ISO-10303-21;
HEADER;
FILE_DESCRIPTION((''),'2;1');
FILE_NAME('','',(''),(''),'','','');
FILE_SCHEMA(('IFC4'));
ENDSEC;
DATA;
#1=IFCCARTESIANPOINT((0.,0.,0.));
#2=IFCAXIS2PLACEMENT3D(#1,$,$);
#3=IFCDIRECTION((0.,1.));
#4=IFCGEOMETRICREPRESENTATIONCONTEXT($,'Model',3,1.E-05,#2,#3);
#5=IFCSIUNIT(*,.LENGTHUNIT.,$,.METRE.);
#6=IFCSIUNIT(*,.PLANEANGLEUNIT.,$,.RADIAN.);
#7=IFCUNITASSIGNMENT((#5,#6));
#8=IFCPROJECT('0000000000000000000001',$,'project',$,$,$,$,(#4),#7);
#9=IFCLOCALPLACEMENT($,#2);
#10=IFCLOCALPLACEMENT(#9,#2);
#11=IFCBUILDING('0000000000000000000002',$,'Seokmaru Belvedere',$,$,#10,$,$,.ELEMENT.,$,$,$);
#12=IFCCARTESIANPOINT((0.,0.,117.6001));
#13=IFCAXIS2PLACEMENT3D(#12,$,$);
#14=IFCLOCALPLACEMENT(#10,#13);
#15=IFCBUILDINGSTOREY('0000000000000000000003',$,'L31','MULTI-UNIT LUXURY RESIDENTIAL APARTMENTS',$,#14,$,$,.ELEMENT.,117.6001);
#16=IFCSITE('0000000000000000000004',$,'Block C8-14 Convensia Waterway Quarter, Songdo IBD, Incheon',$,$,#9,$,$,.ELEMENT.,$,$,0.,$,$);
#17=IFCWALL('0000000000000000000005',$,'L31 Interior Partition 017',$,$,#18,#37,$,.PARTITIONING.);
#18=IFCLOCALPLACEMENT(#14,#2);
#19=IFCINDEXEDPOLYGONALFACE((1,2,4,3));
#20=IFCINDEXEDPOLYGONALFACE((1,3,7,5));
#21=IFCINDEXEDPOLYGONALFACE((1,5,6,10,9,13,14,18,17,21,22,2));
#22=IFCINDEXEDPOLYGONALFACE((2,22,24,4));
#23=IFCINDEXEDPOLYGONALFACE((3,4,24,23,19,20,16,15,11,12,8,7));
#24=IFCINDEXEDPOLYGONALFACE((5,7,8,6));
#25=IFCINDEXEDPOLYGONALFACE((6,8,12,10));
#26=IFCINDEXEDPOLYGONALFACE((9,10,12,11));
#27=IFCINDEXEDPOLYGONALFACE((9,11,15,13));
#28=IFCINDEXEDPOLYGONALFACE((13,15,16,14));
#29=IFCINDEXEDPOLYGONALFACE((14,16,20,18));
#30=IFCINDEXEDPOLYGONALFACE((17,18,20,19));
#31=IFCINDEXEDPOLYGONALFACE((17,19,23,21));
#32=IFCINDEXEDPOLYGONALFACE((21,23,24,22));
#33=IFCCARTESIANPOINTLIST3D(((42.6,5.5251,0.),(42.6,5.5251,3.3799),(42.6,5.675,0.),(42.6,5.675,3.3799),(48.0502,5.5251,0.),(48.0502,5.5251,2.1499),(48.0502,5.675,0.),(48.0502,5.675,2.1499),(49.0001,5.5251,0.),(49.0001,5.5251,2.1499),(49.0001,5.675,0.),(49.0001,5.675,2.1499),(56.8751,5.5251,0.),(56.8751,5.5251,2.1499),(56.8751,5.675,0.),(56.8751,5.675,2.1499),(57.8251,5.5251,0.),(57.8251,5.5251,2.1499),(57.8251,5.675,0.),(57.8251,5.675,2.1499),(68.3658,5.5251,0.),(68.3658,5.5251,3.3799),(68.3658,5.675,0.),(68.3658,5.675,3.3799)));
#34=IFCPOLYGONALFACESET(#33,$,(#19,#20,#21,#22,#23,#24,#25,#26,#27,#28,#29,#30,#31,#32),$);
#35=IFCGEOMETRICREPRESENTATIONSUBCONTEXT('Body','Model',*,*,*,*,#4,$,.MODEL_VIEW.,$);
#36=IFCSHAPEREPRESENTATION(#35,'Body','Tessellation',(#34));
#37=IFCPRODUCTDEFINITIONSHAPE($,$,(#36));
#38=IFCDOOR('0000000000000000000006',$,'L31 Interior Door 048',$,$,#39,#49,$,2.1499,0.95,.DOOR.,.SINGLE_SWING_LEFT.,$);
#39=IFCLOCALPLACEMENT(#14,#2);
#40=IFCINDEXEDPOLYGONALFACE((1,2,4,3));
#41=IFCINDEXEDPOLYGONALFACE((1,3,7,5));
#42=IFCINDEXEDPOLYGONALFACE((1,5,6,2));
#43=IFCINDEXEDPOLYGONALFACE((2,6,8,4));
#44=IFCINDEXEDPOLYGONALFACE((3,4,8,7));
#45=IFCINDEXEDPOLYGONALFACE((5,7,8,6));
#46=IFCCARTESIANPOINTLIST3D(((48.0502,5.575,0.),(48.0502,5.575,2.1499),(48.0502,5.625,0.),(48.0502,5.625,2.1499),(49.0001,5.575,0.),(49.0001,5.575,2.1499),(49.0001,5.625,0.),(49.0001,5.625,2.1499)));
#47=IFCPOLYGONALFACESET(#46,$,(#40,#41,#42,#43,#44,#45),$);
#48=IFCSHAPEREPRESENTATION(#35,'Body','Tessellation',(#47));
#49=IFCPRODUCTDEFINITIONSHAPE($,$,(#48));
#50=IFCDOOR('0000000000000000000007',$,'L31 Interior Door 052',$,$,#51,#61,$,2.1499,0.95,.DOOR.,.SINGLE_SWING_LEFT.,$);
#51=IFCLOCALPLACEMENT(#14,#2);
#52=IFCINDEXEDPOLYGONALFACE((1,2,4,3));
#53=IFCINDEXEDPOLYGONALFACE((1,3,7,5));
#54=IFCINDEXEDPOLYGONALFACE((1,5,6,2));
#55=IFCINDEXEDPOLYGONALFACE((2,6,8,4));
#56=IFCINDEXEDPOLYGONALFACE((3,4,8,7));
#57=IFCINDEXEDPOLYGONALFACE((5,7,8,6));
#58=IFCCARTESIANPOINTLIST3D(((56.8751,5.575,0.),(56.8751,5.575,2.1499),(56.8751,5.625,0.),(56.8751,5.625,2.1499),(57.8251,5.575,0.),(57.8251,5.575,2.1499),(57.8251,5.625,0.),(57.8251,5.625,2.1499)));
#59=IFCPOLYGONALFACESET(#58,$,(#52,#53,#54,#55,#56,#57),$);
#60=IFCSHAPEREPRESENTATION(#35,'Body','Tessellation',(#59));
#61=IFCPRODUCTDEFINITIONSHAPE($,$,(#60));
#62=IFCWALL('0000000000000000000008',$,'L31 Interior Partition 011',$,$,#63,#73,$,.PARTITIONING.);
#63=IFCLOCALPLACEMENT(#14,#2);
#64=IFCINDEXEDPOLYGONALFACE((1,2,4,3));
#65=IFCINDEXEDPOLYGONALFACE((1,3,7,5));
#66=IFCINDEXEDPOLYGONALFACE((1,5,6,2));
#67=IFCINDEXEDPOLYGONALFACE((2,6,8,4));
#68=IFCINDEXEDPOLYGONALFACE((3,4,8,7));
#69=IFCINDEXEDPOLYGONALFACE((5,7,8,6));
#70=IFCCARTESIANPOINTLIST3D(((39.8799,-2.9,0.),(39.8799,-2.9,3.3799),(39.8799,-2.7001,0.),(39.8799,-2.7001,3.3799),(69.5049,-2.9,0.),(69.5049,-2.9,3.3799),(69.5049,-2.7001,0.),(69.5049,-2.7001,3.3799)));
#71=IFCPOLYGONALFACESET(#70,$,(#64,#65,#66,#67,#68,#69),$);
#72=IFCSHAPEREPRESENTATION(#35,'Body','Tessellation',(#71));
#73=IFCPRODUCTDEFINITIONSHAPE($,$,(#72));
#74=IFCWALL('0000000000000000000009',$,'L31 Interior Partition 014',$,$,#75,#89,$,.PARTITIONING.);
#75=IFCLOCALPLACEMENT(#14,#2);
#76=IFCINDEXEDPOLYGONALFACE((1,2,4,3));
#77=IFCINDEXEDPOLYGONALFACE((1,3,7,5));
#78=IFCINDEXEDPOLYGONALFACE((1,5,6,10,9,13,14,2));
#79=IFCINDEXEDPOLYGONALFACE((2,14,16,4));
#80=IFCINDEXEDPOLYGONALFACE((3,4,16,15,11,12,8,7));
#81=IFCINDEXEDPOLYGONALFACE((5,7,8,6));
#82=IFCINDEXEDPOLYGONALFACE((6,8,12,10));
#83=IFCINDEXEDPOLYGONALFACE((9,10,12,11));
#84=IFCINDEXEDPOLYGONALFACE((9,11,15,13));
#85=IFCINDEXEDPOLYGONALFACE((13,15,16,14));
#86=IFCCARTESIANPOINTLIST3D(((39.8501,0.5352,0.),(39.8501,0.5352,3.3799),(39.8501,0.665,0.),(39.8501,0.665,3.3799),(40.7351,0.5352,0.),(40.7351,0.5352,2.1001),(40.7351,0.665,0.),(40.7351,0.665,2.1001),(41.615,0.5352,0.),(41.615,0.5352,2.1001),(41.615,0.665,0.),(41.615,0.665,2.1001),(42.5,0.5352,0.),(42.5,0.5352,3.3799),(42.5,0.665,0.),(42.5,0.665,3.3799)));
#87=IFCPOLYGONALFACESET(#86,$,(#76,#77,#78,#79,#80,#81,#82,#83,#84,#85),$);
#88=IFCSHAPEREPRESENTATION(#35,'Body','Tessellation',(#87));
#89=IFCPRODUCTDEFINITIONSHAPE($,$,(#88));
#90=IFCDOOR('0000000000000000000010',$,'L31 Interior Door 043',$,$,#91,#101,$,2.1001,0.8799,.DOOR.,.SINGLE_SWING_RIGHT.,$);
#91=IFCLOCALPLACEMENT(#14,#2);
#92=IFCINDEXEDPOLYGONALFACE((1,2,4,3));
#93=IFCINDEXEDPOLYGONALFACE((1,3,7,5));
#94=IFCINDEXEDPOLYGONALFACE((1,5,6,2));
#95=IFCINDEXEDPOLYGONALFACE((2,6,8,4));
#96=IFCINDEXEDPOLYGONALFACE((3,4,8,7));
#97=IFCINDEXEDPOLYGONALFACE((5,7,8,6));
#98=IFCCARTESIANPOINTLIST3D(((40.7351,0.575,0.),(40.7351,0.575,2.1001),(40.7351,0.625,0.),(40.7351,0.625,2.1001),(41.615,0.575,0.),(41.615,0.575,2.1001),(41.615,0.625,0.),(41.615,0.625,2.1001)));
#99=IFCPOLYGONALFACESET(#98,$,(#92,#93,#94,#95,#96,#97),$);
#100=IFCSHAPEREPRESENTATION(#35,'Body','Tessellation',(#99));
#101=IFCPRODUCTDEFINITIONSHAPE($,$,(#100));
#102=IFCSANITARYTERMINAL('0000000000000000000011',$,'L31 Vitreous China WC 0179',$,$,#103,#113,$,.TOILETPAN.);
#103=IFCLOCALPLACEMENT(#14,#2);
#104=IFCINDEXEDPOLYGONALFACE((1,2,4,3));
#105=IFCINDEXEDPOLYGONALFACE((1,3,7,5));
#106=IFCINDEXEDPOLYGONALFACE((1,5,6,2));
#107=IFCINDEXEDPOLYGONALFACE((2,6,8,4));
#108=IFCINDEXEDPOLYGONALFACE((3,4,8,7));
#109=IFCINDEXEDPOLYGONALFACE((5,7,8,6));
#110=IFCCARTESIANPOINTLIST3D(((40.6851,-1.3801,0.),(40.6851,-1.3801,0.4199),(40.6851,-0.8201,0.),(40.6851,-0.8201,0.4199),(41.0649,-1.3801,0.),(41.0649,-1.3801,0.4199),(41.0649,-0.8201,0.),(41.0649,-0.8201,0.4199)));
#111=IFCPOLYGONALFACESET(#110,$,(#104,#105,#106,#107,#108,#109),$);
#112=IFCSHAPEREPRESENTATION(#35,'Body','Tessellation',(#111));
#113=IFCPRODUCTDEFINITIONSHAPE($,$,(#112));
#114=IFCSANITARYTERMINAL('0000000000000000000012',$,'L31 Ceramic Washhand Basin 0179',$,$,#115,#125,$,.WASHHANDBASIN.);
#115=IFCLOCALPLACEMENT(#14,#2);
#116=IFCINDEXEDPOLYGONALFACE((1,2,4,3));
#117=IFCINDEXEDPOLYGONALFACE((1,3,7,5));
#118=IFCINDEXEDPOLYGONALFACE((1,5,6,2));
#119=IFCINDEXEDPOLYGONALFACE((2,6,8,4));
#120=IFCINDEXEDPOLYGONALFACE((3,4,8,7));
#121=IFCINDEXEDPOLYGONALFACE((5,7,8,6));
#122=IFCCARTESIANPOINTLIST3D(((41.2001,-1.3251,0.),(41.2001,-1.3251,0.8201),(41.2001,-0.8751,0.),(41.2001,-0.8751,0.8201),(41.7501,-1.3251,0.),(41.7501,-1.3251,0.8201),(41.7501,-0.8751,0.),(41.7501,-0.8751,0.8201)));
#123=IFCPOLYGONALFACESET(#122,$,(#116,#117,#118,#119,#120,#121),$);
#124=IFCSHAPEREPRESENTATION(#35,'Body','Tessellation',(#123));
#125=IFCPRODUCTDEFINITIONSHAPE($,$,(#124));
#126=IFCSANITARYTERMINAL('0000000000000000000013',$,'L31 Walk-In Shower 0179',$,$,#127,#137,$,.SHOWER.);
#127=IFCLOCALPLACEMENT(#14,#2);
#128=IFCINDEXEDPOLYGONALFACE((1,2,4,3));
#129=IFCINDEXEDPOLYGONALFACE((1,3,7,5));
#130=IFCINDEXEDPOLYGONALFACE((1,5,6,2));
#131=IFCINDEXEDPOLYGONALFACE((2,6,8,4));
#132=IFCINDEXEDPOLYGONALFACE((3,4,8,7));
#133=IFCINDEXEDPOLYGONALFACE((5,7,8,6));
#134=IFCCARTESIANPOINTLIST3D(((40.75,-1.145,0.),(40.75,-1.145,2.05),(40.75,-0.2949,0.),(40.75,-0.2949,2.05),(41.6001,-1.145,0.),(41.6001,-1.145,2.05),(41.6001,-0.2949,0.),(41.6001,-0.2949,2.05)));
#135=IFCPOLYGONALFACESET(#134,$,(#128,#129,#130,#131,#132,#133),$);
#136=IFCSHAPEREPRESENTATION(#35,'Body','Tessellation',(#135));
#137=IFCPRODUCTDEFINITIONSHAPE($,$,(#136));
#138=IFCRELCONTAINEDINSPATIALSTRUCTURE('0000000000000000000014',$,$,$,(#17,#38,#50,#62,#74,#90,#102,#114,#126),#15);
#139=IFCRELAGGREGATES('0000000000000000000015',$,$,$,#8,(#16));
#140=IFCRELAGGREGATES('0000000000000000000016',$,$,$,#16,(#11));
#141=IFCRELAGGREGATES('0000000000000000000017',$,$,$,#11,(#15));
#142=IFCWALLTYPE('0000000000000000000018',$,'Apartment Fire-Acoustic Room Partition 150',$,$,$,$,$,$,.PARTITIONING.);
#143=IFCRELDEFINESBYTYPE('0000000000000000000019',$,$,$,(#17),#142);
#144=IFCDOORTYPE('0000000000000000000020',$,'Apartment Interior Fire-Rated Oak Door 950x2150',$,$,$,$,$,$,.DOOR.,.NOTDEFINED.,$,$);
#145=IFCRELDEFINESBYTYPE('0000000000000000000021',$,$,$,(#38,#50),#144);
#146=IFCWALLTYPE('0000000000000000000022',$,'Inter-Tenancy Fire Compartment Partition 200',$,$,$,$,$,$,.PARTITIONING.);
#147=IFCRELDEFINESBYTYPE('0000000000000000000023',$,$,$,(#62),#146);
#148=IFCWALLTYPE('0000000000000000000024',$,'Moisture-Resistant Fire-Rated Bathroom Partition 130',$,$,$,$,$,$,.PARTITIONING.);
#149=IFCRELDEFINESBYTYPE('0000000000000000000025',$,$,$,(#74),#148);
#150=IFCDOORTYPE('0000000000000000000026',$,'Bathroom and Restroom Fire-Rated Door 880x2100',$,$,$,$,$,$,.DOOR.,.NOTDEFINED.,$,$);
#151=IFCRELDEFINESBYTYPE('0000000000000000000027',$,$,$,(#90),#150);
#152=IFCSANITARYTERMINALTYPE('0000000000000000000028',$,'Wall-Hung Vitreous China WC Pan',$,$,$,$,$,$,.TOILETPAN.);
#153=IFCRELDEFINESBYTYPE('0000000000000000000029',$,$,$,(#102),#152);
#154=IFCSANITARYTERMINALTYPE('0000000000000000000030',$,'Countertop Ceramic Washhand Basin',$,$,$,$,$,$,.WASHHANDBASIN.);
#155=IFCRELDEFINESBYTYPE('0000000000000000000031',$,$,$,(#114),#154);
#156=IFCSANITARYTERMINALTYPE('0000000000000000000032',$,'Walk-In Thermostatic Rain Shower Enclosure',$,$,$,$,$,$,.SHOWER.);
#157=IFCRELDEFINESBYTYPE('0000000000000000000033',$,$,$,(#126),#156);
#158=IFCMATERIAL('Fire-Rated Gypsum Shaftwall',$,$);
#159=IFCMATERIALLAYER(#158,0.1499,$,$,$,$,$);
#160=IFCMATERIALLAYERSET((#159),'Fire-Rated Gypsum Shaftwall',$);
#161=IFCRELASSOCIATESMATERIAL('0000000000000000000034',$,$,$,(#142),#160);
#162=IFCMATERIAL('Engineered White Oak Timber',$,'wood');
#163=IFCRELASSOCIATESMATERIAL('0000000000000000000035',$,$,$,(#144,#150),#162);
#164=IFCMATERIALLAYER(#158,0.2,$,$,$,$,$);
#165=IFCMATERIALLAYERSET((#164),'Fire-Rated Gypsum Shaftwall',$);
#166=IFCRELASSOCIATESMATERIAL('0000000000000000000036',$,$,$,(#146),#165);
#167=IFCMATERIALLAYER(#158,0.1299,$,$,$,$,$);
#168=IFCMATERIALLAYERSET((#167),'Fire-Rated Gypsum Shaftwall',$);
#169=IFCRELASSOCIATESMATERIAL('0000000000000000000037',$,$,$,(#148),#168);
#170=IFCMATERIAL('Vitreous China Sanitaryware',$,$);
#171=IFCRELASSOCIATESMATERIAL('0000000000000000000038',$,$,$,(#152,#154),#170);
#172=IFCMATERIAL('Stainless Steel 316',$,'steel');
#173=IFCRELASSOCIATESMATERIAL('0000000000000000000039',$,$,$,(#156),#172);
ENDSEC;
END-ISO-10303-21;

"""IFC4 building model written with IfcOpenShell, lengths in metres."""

from ifc_helpers import new_model, si_unit, direction, frame, frame_2d, origin, origin_2d, place, context, subcontext, project, spatial, rectangle, extrude, source, transform, mapped, material, layer, layer_set, type_object, type_shapes, element, fill, save


model = new_model("IFC4")

# Units and contexts
model_context = context("Model", 3, precision=1e-05, world=origin(), true_north=direction((0.0, 1.0)))
body_context = subcontext(model_context, "Body", "Model", "MODEL_VIEW")
ifc_project = project(units=[si_unit("LENGTHUNIT", "METRE"), si_unit("PLANEANGLEUNIT", "RADIAN")], contexts=[model_context])

# Site, building, storey
site_placement = place(None, origin())
site = spatial("IfcSite", under=ifc_project, at=site_placement, Name="Block C8-14 Convensia Waterway Quarter, Songdo IBD, Incheon", CompositionType="ELEMENT", RefElevation=0.0)
building_placement = place(site_placement, origin())
building = spatial("IfcBuilding", under=site, at=building_placement, Name="Seokmaru Belvedere", CompositionType="ELEMENT")
storey_placement = place(building_placement, frame((0.0, 0.0, 117.6001)))
storey = spatial("IfcBuildingStorey", under=building, at=storey_placement, Name="L31", Description="MULTI-UNIT LUXURY RESIDENTIAL APARTMENTS", CompositionType="ELEMENT", Elevation=117.6001)

# Wall, openings, doors
ifc_material_1 = material(Name="Fire-Rated Gypsum Shaftwall")
ifc_layer_1 = layer(ifc_material_1, 0.1499)
ifc_layer_set_1 = layer_set([ifc_layer_1], Name="Fire-Rated Gypsum Shaftwall")
wall_type_1 = type_object("IfcWallType", Name="Apartment Fire-Acoustic Room Partition 150", PredefinedType="PARTITIONING", material=ifc_layer_set_1)
ifc_material_2 = material(Name="Engineered White Oak Timber", Category="wood")
door_type_1 = type_object("IfcDoorType", Name="Apartment Interior Fire-Rated Oak Door 950x2150", OperationType="NOTDEFINED", PredefinedType="DOOR", material=ifc_material_2)
shared_shape_1 = source(origin(), body_context, "Body", "SweptSolid", [
    extrude(rectangle(XDim=0.95, YDim=2.1499, at=frame_2d((0.4751, 1.075))), frame((0.0, 0.0249, 0.0), z_axis=(0.0, -1.0, 0.0), x_axis=(1.0, 0.0, 0.0)), (0.0, 0.0, 1.0), 0.05),
])
type_shapes(door_type_1, [shared_shape_1])
wall_1_placement = place(storey_placement, frame((42.6001, 5.6001, 0.0), z_axis=(0.0, 0.0, 1.0), x_axis=(1.0, 0.0, 0.0)))
wall_1 = element("IfcWall", 1, at=wall_1_placement, inside=storey, type_object=wall_type_1, Name="L31 Interior Partition 017", PredefinedType="PARTITIONING", context=body_context, shape_type="SweptSolid", body=[
    extrude(rectangle(XDim=25.7659, YDim=0.1499, at=frame_2d((12.8828, 0.0))), origin(), (0.0, 0.0, 1.0), 3.3799),
])
opening_1_placement = place(wall_1_placement, frame((5.45, 0.0, 0.0)))
opening_1 = element("IfcOpeningElement", 2, at=opening_1_placement, cuts=wall_1, PredefinedType="OPENING", context=body_context, shape_type="SweptSolid", body=[
    extrude(rectangle(XDim=0.95, YDim=2.1499, at=frame_2d((0.4751, 1.075))), frame((0.0, 0.085, 0.0), z_axis=(0.0, -1.0, 0.0), x_axis=(1.0, 0.0, 0.0)), (0.0, 0.0, 1.0), 0.1699),
])
opening_2_placement = place(wall_1_placement, frame((14.2749, 0.0, 0.0)))
opening_2 = element("IfcOpeningElement", 3, at=opening_2_placement, cuts=wall_1, PredefinedType="OPENING", context=body_context, shape_type="SweptSolid", body=[
    extrude(rectangle(XDim=0.95, YDim=2.1499, at=frame_2d((0.4751, 1.075))), frame((0.0, 0.085, 0.0), z_axis=(0.0, -1.0, 0.0), x_axis=(1.0, 0.0, 0.0)), (0.0, 0.0, 1.0), 0.1699),
])
door_1_placement = place(opening_1_placement, origin())
door_1 = element("IfcDoor", 4, at=door_1_placement, inside=storey, type_object=door_type_1, Name="L31 Interior Door 048", OperationType="SINGLE_SWING_LEFT", OverallHeight=2.1499, OverallWidth=0.95, PredefinedType="DOOR", context=body_context, shape_type="MappedRepresentation", body=[
    mapped(shared_shape_1, transform((0.0, 0.0, 0.0), scale=1.0)),
])
fill(opening_1, door_1)
door_2_placement = place(opening_2_placement, origin())
door_2 = element("IfcDoor", 5, at=door_2_placement, inside=storey, type_object=door_type_1, Name="L31 Interior Door 052", OperationType="SINGLE_SWING_LEFT", OverallHeight=2.1499, OverallWidth=0.95, PredefinedType="DOOR", context=body_context, shape_type="MappedRepresentation", body=[
    mapped(shared_shape_1, transform((0.0, 0.0, 0.0), scale=1.0)),
])
fill(opening_2, door_2)

# Wall
ifc_layer_2 = layer(ifc_material_1, 0.2)
ifc_layer_set_2 = layer_set([ifc_layer_2], Name="Fire-Rated Gypsum Shaftwall")
wall_type_2 = type_object("IfcWallType", Name="Inter-Tenancy Fire Compartment Partition 200", PredefinedType="PARTITIONING", material=ifc_layer_set_2)
wall_2_placement = place(storey_placement, frame((39.8799, -2.8, 0.0), z_axis=(0.0, 0.0, 1.0), x_axis=(1.0, 0.0, 0.0)))
element("IfcWall", 6, at=wall_2_placement, inside=storey, type_object=wall_type_2, Name="L31 Interior Partition 011", PredefinedType="PARTITIONING", context=body_context, shape_type="SweptSolid", body=[
    extrude(rectangle(XDim=29.625, YDim=0.2, at=frame_2d((14.8125, 0.0))), origin(), (0.0, 0.0, 1.0), 3.3799),
])

# Wall, opening, door
ifc_layer_3 = layer(ifc_material_1, 0.1299)
ifc_layer_set_3 = layer_set([ifc_layer_3], Name="Fire-Rated Gypsum Shaftwall")
wall_type_3 = type_object("IfcWallType", Name="Moisture-Resistant Fire-Rated Bathroom Partition 130", PredefinedType="PARTITIONING", material=ifc_layer_set_3)
wall_3_placement = place(storey_placement, frame((39.8501, 0.6001, 0.0), z_axis=(0.0, 0.0, 1.0), x_axis=(1.0, 0.0, 0.0)))
wall_3 = element("IfcWall", 7, at=wall_3_placement, inside=storey, type_object=wall_type_3, Name="L31 Interior Partition 014", PredefinedType="PARTITIONING", context=body_context, shape_type="SweptSolid", body=[
    extrude(rectangle(XDim=2.6499, YDim=0.1299, at=frame_2d((1.325, 0.0))), origin(), (0.0, 0.0, 1.0), 3.3799),
])
opening_3_placement = place(wall_3_placement, frame((0.885, 0.0, 0.0)))
opening_3 = element("IfcOpeningElement", 8, at=opening_3_placement, cuts=wall_3, PredefinedType="OPENING", context=body_context, shape_type="SweptSolid", body=[
    extrude(rectangle(XDim=0.8799, YDim=2.1001, at=frame_2d((0.4399, 1.05))), frame((0.0, 0.075, 0.0), z_axis=(0.0, -1.0, 0.0), x_axis=(1.0, 0.0, 0.0)), (0.0, 0.0, 1.0), 0.1499),
])
door_type_2 = type_object("IfcDoorType", Name="Bathroom and Restroom Fire-Rated Door 880x2100", OperationType="NOTDEFINED", PredefinedType="DOOR", material=ifc_material_2)
shared_shape_2 = source(origin(), body_context, "Body", "SweptSolid", [
    extrude(rectangle(XDim=0.8799, YDim=2.1001, at=frame_2d((0.4399, 1.05))), frame((0.0, 0.0249, 0.0), z_axis=(0.0, -1.0, 0.0), x_axis=(1.0, 0.0, 0.0)), (0.0, 0.0, 1.0), 0.05),
])
type_shapes(door_type_2, [shared_shape_2])
door_3_placement = place(opening_3_placement, origin())
door_3 = element("IfcDoor", 9, at=door_3_placement, inside=storey, type_object=door_type_2, Name="L31 Interior Door 043", OperationType="SINGLE_SWING_RIGHT", OverallHeight=2.1001, OverallWidth=0.8799, PredefinedType="DOOR", context=body_context, shape_type="MappedRepresentation", body=[
    mapped(shared_shape_2, transform((0.0, 0.0, 0.0), scale=1.0)),
])
fill(opening_3, door_3)

# Sanitary terminals
ifc_material_3 = material(Name="Vitreous China Sanitaryware")
sanitary_terminal_type_1 = type_object("IfcSanitaryTerminalType", Name="Wall-Hung Vitreous China WC Pan", PredefinedType="TOILETPAN", material=ifc_material_3)
shared_shape_3 = source(origin(), body_context, "Body", "SweptSolid", [
    extrude(rectangle(XDim=0.3799, YDim=0.5601, at=origin_2d()), origin(), (0.0, 0.0, 1.0), 0.4199),
])
type_shapes(sanitary_terminal_type_1, [shared_shape_3])
sanitary_terminal_1_placement = place(storey_placement, frame((40.875, -1.1001, 0.0), z_axis=(0.0, 0.0, 1.0), x_axis=(1.0, 0.0, 0.0)))
element("IfcSanitaryTerminal", 10, at=sanitary_terminal_1_placement, inside=storey, type_object=sanitary_terminal_type_1, Name="L31 Vitreous China WC 0179", PredefinedType="TOILETPAN", context=body_context, shape_type="MappedRepresentation", body=[
    mapped(shared_shape_3, transform((0.0, 0.0, 0.0), scale=1.0)),
])
sanitary_terminal_type_2 = type_object("IfcSanitaryTerminalType", Name="Countertop Ceramic Washhand Basin", PredefinedType="WASHHANDBASIN", material=ifc_material_3)
shared_shape_4 = source(origin(), body_context, "Body", "SweptSolid", [
    extrude(rectangle(XDim=0.55, YDim=0.45, at=origin_2d()), origin(), (0.0, 0.0, 1.0), 0.8201),
])
type_shapes(sanitary_terminal_type_2, [shared_shape_4])
sanitary_terminal_2_placement = place(storey_placement, frame((41.4751, -1.1001, 0.0), z_axis=(0.0, 0.0, 1.0), x_axis=(1.0, 0.0, 0.0)))
element("IfcSanitaryTerminal", 11, at=sanitary_terminal_2_placement, inside=storey, type_object=sanitary_terminal_type_2, Name="L31 Ceramic Washhand Basin 0179", PredefinedType="WASHHANDBASIN", context=body_context, shape_type="MappedRepresentation", body=[
    mapped(shared_shape_4, transform((0.0, 0.0, 0.0), scale=1.0)),
])
ifc_material_4 = material(Name="Stainless Steel 316", Category="steel")
sanitary_terminal_type_3 = type_object("IfcSanitaryTerminalType", Name="Walk-In Thermostatic Rain Shower Enclosure", PredefinedType="SHOWER", material=ifc_material_4)
shared_shape_5 = source(origin(), body_context, "Body", "SweptSolid", [
    extrude(rectangle(XDim=0.8501, YDim=0.8501, at=origin_2d()), origin(), (0.0, 0.0, 1.0), 2.05),
])
type_shapes(sanitary_terminal_type_3, [shared_shape_5])
sanitary_terminal_3_placement = place(storey_placement, frame((41.175, -0.72, 0.0), z_axis=(0.0, 0.0, 1.0), x_axis=(1.0, 0.0, 0.0)))
element("IfcSanitaryTerminal", 12, at=sanitary_terminal_3_placement, inside=storey, type_object=sanitary_terminal_type_3, Name="L31 Walk-In Shower 0179", PredefinedType="SHOWER", context=body_context, shape_type="MappedRepresentation", body=[
    mapped(shared_shape_5, transform((0.0, 0.0, 0.0), scale=1.0)),
])

save(model, "model.ifc")
